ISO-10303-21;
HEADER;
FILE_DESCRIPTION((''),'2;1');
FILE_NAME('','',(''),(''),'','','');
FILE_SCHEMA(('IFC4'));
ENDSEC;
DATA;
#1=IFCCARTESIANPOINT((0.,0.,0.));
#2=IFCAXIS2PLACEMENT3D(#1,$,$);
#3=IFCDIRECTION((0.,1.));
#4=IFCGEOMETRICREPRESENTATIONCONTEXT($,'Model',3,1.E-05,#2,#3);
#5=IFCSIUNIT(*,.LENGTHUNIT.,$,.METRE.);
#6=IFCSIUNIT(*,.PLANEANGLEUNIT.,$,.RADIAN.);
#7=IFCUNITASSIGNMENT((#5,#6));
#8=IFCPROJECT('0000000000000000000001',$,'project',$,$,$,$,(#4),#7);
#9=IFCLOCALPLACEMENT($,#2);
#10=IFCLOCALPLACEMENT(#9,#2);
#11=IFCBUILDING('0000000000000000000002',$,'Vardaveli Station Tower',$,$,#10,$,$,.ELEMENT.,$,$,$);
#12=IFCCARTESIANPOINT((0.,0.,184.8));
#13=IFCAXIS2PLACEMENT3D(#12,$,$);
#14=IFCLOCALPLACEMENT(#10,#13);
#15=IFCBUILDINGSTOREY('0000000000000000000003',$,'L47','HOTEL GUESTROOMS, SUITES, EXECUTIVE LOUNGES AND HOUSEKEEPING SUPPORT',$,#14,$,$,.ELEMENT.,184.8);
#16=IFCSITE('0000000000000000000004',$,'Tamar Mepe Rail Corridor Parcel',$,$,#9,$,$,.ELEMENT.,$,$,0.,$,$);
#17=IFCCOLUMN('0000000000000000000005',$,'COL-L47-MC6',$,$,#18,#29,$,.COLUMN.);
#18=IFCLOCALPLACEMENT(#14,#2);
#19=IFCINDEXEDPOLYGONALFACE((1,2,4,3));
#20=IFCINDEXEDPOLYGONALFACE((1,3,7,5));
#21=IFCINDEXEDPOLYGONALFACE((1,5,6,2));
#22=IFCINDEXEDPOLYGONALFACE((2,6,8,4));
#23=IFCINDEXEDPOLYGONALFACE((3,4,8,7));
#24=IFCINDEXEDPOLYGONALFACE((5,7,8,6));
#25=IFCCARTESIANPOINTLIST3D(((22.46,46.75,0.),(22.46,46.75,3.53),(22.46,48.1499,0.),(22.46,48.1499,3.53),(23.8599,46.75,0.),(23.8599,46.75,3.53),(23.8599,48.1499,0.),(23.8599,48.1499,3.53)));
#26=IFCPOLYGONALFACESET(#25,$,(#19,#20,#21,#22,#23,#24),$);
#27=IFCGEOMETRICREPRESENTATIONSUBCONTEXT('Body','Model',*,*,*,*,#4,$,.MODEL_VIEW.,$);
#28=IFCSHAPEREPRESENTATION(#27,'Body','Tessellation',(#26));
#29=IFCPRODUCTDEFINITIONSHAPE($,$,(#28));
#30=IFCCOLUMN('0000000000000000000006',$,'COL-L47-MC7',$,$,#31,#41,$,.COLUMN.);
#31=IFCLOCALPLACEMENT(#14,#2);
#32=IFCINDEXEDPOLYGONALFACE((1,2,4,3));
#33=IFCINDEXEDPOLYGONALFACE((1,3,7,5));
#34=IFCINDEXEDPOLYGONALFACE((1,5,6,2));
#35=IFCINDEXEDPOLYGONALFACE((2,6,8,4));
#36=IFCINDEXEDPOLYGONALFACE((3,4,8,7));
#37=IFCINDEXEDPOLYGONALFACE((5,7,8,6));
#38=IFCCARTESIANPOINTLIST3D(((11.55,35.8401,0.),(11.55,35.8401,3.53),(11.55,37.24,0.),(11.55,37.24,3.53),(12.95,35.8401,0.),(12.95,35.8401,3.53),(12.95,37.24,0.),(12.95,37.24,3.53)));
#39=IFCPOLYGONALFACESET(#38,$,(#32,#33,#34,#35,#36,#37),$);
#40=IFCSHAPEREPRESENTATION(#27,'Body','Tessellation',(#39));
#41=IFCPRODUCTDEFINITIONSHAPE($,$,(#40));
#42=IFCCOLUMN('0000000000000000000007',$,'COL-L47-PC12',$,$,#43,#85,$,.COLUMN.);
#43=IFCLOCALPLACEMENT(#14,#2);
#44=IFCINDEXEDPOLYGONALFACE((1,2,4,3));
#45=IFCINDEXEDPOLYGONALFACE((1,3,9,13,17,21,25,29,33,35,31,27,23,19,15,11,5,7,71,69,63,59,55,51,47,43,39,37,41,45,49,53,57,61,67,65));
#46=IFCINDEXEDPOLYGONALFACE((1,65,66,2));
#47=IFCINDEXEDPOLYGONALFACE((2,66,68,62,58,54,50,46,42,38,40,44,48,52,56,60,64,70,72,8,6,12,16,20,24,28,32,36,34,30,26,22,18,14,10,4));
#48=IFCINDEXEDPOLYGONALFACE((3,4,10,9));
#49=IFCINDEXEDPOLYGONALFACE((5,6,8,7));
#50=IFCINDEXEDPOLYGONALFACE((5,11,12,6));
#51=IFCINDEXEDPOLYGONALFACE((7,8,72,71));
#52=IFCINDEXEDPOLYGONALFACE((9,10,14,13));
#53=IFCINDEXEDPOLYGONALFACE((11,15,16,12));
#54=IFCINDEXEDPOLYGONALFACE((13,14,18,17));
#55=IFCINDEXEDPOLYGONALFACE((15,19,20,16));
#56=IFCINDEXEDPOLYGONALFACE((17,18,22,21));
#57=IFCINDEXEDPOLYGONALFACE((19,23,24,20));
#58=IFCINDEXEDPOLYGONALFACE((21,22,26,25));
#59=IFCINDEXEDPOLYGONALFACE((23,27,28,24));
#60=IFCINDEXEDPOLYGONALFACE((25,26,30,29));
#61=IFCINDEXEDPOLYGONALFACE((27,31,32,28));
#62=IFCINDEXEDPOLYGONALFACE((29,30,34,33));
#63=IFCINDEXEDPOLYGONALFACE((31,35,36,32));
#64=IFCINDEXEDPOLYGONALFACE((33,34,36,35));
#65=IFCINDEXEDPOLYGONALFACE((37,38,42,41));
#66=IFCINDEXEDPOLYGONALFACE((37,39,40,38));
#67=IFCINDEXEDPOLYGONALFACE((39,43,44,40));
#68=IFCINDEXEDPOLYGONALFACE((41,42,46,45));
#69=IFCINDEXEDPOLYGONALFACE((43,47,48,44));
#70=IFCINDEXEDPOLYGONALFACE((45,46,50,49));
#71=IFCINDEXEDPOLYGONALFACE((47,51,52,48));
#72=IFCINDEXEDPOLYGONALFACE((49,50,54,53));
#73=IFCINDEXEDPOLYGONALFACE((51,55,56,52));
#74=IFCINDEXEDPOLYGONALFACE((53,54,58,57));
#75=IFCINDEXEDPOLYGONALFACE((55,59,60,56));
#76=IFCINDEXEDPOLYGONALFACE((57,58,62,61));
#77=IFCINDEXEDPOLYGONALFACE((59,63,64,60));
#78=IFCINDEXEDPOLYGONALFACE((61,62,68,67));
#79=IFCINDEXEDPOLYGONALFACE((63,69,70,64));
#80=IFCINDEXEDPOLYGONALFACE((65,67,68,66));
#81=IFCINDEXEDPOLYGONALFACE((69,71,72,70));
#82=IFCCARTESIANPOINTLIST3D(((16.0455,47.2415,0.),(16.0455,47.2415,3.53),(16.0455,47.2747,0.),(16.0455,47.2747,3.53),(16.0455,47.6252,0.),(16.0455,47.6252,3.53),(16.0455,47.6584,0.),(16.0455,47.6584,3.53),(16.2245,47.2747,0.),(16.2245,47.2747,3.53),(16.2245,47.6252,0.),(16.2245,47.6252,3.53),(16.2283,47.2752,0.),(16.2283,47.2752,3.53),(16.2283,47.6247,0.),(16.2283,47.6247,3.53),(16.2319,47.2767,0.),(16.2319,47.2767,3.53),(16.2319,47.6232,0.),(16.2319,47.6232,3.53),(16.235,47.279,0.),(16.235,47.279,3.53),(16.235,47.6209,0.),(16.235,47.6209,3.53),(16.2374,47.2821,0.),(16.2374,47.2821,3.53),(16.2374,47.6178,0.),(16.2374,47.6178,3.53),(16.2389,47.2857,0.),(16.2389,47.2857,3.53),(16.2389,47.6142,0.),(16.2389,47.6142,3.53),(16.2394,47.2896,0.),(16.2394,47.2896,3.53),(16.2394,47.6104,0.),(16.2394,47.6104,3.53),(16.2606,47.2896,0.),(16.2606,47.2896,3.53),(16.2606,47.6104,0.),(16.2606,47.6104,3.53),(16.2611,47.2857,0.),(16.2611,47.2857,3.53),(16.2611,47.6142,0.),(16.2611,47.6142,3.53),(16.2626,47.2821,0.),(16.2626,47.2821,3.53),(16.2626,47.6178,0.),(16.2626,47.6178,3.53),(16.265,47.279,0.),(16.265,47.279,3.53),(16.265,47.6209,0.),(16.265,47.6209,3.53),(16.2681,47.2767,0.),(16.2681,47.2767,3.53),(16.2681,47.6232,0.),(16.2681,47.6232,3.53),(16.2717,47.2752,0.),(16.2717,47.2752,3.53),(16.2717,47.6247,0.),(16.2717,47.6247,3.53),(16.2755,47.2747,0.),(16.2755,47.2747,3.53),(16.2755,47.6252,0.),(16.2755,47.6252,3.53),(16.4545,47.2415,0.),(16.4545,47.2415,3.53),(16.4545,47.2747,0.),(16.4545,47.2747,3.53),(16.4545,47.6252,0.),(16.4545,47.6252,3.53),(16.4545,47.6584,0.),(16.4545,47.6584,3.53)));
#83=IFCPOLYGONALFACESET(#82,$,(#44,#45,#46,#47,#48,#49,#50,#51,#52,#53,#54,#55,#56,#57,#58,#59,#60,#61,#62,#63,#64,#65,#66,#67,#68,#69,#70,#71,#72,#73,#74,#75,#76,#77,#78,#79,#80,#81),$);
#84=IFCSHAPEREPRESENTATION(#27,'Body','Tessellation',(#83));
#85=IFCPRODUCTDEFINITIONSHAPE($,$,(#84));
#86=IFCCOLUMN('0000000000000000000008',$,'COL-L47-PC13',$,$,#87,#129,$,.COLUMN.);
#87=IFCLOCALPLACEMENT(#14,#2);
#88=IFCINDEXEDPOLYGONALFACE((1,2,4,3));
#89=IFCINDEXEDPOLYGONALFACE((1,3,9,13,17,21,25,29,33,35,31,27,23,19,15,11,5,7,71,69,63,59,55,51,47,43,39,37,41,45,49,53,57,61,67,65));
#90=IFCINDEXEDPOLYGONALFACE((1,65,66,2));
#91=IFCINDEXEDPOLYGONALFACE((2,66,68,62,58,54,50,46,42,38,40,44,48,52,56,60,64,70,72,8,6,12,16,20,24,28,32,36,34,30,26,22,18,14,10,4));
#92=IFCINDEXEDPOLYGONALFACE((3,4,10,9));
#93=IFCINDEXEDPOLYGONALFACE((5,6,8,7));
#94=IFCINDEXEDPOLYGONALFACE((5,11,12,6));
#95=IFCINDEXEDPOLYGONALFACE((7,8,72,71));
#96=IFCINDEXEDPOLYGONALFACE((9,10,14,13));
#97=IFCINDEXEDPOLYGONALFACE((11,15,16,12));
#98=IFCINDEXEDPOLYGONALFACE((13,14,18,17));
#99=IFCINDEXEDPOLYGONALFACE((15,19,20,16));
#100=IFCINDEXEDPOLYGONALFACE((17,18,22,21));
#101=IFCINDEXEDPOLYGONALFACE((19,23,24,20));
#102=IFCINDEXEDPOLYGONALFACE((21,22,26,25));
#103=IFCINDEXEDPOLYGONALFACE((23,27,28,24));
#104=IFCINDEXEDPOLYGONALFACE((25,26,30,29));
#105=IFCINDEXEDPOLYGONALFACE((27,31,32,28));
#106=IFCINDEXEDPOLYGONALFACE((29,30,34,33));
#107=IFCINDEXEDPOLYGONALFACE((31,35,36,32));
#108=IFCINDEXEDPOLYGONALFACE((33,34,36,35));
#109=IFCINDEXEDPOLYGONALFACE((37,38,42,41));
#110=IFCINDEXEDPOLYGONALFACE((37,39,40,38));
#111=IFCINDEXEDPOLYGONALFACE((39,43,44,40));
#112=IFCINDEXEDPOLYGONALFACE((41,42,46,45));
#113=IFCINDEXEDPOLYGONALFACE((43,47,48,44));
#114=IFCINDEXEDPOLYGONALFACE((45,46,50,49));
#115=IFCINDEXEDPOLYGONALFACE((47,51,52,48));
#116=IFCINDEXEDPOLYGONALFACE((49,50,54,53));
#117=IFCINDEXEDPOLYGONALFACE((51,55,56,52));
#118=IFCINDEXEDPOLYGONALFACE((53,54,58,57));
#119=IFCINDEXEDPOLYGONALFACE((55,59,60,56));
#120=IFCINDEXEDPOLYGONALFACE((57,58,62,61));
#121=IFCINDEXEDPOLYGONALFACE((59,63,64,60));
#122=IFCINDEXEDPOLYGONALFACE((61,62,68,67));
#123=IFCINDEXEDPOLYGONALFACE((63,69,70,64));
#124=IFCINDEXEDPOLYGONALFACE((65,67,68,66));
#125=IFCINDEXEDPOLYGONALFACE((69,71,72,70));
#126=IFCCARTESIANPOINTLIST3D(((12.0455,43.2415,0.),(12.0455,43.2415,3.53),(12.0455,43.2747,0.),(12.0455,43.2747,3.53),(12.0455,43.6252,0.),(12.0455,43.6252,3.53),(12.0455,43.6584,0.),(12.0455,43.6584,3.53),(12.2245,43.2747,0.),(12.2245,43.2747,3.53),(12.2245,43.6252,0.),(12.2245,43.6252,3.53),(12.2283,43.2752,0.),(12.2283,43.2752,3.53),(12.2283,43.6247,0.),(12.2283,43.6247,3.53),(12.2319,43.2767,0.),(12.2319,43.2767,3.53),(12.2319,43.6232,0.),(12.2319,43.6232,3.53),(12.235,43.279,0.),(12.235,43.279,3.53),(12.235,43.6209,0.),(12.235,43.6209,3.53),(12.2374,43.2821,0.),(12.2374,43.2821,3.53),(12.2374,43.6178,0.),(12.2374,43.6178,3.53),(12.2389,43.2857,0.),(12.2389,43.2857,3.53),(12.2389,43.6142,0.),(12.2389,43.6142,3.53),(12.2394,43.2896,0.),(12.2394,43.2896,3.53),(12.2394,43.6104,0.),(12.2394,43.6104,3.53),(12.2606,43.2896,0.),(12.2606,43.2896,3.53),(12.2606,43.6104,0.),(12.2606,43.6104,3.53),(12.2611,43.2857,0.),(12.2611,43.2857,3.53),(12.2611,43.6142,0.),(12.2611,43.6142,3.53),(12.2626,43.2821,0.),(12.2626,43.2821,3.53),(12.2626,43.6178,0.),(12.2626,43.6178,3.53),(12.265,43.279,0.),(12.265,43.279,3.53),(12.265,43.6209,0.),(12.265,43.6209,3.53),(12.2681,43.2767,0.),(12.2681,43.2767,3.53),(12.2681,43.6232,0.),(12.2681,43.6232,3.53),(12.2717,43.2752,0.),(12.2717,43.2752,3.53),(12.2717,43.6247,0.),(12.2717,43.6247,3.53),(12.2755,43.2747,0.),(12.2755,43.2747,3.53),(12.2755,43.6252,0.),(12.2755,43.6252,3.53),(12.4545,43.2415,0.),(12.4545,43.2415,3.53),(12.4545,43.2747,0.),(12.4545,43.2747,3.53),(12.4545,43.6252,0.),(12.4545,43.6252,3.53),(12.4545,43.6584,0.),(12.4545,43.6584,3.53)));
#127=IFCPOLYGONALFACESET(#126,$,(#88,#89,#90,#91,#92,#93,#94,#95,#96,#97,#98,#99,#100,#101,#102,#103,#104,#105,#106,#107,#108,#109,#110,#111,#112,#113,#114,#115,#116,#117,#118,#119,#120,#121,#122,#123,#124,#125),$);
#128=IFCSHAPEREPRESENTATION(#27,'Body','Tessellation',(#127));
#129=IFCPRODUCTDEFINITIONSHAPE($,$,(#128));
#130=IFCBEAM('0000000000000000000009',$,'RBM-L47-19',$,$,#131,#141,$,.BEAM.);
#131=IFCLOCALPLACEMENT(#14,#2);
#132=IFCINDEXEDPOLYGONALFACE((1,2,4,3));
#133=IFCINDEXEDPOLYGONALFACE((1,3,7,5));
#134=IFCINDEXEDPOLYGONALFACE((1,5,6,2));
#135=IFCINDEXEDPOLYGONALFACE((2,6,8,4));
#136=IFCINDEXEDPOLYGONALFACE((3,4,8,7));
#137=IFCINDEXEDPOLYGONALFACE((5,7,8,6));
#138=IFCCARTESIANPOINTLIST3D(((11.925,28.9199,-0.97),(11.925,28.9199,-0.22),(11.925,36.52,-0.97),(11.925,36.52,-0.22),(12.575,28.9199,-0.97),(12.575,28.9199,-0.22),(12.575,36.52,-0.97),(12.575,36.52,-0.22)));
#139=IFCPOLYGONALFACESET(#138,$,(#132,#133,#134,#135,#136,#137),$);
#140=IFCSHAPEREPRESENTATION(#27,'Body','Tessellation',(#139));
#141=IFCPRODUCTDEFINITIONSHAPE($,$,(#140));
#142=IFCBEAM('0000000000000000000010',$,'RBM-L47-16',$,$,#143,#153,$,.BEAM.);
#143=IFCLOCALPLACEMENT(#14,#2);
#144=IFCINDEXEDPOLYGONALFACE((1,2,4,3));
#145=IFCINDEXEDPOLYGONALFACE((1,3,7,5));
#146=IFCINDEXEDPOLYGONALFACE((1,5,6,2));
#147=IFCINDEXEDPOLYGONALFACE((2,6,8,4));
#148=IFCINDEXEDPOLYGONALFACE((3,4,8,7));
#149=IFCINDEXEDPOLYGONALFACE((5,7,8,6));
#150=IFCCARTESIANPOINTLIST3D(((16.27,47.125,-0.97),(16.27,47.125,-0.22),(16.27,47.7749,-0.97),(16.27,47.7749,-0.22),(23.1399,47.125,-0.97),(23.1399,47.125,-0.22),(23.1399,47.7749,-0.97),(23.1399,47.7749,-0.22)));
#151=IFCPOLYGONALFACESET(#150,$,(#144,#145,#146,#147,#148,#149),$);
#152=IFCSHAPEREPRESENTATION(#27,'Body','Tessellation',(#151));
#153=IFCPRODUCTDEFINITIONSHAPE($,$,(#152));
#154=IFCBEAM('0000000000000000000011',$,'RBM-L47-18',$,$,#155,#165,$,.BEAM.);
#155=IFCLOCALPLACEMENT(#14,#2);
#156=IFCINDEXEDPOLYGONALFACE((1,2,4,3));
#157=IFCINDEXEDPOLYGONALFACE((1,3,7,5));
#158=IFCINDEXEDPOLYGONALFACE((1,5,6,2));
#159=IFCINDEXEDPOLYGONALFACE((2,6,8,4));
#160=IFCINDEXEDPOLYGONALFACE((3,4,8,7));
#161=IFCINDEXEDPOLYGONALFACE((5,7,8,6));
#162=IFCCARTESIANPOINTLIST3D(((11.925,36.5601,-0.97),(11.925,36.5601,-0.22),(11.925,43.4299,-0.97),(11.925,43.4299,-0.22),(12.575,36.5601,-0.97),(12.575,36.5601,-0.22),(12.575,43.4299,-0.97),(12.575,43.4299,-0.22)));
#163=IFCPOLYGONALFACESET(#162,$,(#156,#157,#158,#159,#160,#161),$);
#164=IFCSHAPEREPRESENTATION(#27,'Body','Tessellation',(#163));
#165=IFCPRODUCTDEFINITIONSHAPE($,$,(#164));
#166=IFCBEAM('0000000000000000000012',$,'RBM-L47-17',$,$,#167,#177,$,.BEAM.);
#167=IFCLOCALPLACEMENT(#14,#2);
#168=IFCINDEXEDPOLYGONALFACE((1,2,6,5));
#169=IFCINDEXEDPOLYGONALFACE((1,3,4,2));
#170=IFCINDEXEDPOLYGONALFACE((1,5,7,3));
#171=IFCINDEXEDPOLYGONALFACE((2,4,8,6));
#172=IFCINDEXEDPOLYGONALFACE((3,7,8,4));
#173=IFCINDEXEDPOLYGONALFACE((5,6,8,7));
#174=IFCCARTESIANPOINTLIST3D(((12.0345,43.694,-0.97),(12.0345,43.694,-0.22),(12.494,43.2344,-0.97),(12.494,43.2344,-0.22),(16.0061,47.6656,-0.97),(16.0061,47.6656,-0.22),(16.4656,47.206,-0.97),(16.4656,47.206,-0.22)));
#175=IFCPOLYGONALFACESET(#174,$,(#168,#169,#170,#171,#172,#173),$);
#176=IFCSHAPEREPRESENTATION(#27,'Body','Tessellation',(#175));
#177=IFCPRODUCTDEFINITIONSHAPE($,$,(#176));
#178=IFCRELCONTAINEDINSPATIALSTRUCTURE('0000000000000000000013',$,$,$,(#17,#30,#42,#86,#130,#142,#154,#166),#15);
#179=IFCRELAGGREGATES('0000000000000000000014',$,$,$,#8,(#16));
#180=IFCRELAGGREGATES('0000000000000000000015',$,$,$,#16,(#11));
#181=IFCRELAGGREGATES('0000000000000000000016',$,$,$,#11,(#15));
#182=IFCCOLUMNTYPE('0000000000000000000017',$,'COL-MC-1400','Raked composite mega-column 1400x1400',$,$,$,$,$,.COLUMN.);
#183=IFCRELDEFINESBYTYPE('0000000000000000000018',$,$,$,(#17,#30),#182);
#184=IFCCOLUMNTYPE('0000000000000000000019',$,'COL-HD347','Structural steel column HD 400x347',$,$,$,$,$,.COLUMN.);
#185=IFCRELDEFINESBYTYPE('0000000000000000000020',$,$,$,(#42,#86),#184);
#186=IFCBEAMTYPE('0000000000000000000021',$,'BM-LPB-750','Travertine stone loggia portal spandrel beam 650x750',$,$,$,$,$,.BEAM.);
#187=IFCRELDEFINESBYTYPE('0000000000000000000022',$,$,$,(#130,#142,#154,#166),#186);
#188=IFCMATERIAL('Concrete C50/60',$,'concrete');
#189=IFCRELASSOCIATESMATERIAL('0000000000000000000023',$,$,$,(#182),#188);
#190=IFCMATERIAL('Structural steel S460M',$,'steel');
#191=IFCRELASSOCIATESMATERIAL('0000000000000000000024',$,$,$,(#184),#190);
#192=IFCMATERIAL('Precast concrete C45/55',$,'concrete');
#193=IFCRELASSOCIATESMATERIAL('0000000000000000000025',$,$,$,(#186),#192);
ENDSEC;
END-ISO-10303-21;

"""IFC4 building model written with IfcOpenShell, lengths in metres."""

from ifc_helpers import new_model, si_unit, direction, frame, origin, origin_2d, place, context, subcontext, project, spatial, rectangle, i_section, extrude, source, transform, mapped, material, material_profile, profile_set, type_object, element, save


model = new_model("IFC4")

# Units and contexts
model_context = context("Model", 3, precision=1e-05, world=origin(), true_north=direction((0.0, 1.0)))
body_context = subcontext(model_context, "Body", "Model", "MODEL_VIEW")
ifc_project = project(units=[si_unit("LENGTHUNIT", "METRE"), si_unit("PLANEANGLEUNIT", "RADIAN")], contexts=[model_context])

# Site, building, storey
site_placement = place(None, origin())
site = spatial("IfcSite", under=ifc_project, at=site_placement, Name="Tamar Mepe Rail Corridor Parcel", CompositionType="ELEMENT", RefElevation=0.0)
building_placement = place(site_placement, origin())
building = spatial("IfcBuilding", under=site, at=building_placement, Name="Vardaveli Station Tower", CompositionType="ELEMENT")
storey_placement = place(building_placement, frame((0.0, 0.0, 184.8)))
storey = spatial("IfcBuildingStorey", under=building, at=storey_placement, Name="L47", Description="HOTEL GUESTROOMS, SUITES, EXECUTIVE LOUNGES AND HOUSEKEEPING SUPPORT", CompositionType="ELEMENT", Elevation=184.8)

# Columns
ifc_material_1 = material(Name="Concrete C50/60", Category="concrete")
ifc_material_profile_1 = material_profile(ifc_material_1, rectangle(XDim=1.3999, YDim=1.3999, at=origin_2d()), Name="MC 1400x1400")
ifc_profile_set_1 = profile_set([ifc_material_profile_1], Name="Concrete C50/60")
column_type_1 = type_object("IfcColumnType", Name="COL-MC-1400", Description="Raked composite mega-column 1400x1400", PredefinedType="COLUMN", material=ifc_profile_set_1)
shared_shape_1 = source(origin(), body_context, "Body", "SweptSolid", [
    extrude(rectangle(XDim=1.3999, YDim=1.3999, at=origin_2d()), origin(), (0.0, 0.0, 1.0), 3.53),
])
for number, where, z_axis, x_axis, name in (
    (1, (23.1599, 47.45, 0.0), (0.0, 0.0, 1.0), (1.0, 0.0, 0.0), "COL-L47-MC6"),
    (2, (12.25, 36.54, 0.0), (0.0, 0.0, 1.0), (1.0, 0.0, 0.0), "COL-L47-MC7"),
):
    element("IfcColumn", number, at=place(storey_placement, frame(where, z_axis=z_axis, x_axis=x_axis)), inside=storey, type_object=column_type_1, Name=name, PredefinedType="COLUMN", context=body_context, shape_type="MappedRepresentation", body=[
        mapped(shared_shape_1, transform((0.0, 0.0, 0.0), scale=1.0)),
    ])
ifc_material_2 = material(Name="Structural steel S460M", Category="steel")
ifc_material_profile_2 = material_profile(ifc_material_2, i_section(OverallWidth=0.4089, OverallDepth=0.417, WebThickness=0.0212, FlangeThickness=0.0332, FilletRadius=0.0149, at=origin_2d()), Name="HD 400x347")
ifc_profile_set_2 = profile_set([ifc_material_profile_2], Name="Structural steel S460M")
column_type_2 = type_object("IfcColumnType", Name="COL-HD347", Description="Structural steel column HD 400x347", PredefinedType="COLUMN", material=ifc_profile_set_2)
shared_shape_2 = source(origin(), body_context, "Body", "SweptSolid", [
    extrude(i_section(OverallWidth=0.4089, OverallDepth=0.417, WebThickness=0.0212, FlangeThickness=0.0332, FilletRadius=0.0149, at=origin_2d()), origin(), (0.0, 0.0, 1.0), 3.53),
])
for number, where, z_axis, x_axis, name in (
    (3, (16.25, 47.45, 0.0), (0.0, 0.0, 1.0), (1.0, 0.0, 0.0), "COL-L47-PC12"),
    (4, (12.25, 43.45, 0.0), (0.0, 0.0, 1.0), (1.0, 0.0, 0.0), "COL-L47-PC13"),
):
    element("IfcColumn", number, at=place(storey_placement, frame(where, z_axis=z_axis, x_axis=x_axis)), inside=storey, type_object=column_type_2, Name=name, PredefinedType="COLUMN", context=body_context, shape_type="MappedRepresentation", body=[
        mapped(shared_shape_2, transform((0.0, 0.0, 0.0), scale=1.0)),
    ])

# Beams
ifc_material_3 = material(Name="Precast concrete C45/55", Category="concrete")
ifc_material_profile_3 = material_profile(ifc_material_3, rectangle(XDim=0.6499, YDim=0.75, at=origin_2d()), Name="LPB 650x750")
ifc_profile_set_3 = profile_set([ifc_material_profile_3], Name="Precast concrete C45/55")
beam_type_1 = type_object("IfcBeamType", Name="BM-LPB-750", Description="Travertine stone loggia portal spandrel beam 650x750", PredefinedType="BEAM", material=ifc_profile_set_3)
shared_shape_3 = source(origin(), body_context, "Body", "SweptSolid", [
    extrude(rectangle(XDim=0.6499, YDim=0.75, at=origin_2d()), origin(), (0.0, 0.0, 1.0), 7.6001),
])
beam_1_placement = place(storey_placement, frame((12.25, 36.52, -0.595), z_axis=(0.0, -1.0, 0.0), x_axis=(1.0, 0.0, 0.0)))
element("IfcBeam", 5, at=beam_1_placement, inside=storey, type_object=beam_type_1, Name="RBM-L47-19", PredefinedType="BEAM", context=body_context, shape_type="MappedRepresentation", body=[
    mapped(shared_shape_3, transform((0.0, 0.0, 0.0), scale=1.0)),
])
shared_shape_4 = source(origin(), body_context, "Body", "SweptSolid", [
    extrude(rectangle(XDim=0.6499, YDim=0.75, at=origin_2d()), origin(), (0.0, 0.0, 1.0), 6.8699),
])
for number, where, z_axis, x_axis, name in (
    (6, (23.1399, 47.45, -0.595), (-1.0, 0.0, 0.0), (0.0, -1.0, 0.0), "RBM-L47-16"),
    (7, (12.25, 43.4299, -0.595), (0.0, -1.0, 0.0), (1.0, 0.0, 0.0), "RBM-L47-18"),
):
    element("IfcBeam", number, at=place(storey_placement, frame(where, z_axis=z_axis, x_axis=x_axis)), inside=storey, type_object=beam_type_1, Name=name, PredefinedType="BEAM", context=body_context, shape_type="MappedRepresentation", body=[
        mapped(shared_shape_4, transform((0.0, 0.0, 0.0), scale=1.0)),
    ])
shared_shape_5 = source(origin(), body_context, "Body", "SweptSolid", [
    extrude(rectangle(XDim=0.6499, YDim=0.75, at=origin_2d()), origin(), (0.0, 0.0, 1.0), 5.6167),
])
beam_2_placement = place(storey_placement, frame((16.2358, 47.4358, -0.595), z_axis=(-0.707107, -0.707107, 0.0), x_axis=(0.707107, -0.707107, 0.0)))
element("IfcBeam", 8, at=beam_2_placement, inside=storey, type_object=beam_type_1, Name="RBM-L47-17", PredefinedType="BEAM", context=body_context, shape_type="MappedRepresentation", body=[
    mapped(shared_shape_5, transform((0.0, 0.0, 0.0), scale=1.0)),
])

save(model, "model.ifc")
